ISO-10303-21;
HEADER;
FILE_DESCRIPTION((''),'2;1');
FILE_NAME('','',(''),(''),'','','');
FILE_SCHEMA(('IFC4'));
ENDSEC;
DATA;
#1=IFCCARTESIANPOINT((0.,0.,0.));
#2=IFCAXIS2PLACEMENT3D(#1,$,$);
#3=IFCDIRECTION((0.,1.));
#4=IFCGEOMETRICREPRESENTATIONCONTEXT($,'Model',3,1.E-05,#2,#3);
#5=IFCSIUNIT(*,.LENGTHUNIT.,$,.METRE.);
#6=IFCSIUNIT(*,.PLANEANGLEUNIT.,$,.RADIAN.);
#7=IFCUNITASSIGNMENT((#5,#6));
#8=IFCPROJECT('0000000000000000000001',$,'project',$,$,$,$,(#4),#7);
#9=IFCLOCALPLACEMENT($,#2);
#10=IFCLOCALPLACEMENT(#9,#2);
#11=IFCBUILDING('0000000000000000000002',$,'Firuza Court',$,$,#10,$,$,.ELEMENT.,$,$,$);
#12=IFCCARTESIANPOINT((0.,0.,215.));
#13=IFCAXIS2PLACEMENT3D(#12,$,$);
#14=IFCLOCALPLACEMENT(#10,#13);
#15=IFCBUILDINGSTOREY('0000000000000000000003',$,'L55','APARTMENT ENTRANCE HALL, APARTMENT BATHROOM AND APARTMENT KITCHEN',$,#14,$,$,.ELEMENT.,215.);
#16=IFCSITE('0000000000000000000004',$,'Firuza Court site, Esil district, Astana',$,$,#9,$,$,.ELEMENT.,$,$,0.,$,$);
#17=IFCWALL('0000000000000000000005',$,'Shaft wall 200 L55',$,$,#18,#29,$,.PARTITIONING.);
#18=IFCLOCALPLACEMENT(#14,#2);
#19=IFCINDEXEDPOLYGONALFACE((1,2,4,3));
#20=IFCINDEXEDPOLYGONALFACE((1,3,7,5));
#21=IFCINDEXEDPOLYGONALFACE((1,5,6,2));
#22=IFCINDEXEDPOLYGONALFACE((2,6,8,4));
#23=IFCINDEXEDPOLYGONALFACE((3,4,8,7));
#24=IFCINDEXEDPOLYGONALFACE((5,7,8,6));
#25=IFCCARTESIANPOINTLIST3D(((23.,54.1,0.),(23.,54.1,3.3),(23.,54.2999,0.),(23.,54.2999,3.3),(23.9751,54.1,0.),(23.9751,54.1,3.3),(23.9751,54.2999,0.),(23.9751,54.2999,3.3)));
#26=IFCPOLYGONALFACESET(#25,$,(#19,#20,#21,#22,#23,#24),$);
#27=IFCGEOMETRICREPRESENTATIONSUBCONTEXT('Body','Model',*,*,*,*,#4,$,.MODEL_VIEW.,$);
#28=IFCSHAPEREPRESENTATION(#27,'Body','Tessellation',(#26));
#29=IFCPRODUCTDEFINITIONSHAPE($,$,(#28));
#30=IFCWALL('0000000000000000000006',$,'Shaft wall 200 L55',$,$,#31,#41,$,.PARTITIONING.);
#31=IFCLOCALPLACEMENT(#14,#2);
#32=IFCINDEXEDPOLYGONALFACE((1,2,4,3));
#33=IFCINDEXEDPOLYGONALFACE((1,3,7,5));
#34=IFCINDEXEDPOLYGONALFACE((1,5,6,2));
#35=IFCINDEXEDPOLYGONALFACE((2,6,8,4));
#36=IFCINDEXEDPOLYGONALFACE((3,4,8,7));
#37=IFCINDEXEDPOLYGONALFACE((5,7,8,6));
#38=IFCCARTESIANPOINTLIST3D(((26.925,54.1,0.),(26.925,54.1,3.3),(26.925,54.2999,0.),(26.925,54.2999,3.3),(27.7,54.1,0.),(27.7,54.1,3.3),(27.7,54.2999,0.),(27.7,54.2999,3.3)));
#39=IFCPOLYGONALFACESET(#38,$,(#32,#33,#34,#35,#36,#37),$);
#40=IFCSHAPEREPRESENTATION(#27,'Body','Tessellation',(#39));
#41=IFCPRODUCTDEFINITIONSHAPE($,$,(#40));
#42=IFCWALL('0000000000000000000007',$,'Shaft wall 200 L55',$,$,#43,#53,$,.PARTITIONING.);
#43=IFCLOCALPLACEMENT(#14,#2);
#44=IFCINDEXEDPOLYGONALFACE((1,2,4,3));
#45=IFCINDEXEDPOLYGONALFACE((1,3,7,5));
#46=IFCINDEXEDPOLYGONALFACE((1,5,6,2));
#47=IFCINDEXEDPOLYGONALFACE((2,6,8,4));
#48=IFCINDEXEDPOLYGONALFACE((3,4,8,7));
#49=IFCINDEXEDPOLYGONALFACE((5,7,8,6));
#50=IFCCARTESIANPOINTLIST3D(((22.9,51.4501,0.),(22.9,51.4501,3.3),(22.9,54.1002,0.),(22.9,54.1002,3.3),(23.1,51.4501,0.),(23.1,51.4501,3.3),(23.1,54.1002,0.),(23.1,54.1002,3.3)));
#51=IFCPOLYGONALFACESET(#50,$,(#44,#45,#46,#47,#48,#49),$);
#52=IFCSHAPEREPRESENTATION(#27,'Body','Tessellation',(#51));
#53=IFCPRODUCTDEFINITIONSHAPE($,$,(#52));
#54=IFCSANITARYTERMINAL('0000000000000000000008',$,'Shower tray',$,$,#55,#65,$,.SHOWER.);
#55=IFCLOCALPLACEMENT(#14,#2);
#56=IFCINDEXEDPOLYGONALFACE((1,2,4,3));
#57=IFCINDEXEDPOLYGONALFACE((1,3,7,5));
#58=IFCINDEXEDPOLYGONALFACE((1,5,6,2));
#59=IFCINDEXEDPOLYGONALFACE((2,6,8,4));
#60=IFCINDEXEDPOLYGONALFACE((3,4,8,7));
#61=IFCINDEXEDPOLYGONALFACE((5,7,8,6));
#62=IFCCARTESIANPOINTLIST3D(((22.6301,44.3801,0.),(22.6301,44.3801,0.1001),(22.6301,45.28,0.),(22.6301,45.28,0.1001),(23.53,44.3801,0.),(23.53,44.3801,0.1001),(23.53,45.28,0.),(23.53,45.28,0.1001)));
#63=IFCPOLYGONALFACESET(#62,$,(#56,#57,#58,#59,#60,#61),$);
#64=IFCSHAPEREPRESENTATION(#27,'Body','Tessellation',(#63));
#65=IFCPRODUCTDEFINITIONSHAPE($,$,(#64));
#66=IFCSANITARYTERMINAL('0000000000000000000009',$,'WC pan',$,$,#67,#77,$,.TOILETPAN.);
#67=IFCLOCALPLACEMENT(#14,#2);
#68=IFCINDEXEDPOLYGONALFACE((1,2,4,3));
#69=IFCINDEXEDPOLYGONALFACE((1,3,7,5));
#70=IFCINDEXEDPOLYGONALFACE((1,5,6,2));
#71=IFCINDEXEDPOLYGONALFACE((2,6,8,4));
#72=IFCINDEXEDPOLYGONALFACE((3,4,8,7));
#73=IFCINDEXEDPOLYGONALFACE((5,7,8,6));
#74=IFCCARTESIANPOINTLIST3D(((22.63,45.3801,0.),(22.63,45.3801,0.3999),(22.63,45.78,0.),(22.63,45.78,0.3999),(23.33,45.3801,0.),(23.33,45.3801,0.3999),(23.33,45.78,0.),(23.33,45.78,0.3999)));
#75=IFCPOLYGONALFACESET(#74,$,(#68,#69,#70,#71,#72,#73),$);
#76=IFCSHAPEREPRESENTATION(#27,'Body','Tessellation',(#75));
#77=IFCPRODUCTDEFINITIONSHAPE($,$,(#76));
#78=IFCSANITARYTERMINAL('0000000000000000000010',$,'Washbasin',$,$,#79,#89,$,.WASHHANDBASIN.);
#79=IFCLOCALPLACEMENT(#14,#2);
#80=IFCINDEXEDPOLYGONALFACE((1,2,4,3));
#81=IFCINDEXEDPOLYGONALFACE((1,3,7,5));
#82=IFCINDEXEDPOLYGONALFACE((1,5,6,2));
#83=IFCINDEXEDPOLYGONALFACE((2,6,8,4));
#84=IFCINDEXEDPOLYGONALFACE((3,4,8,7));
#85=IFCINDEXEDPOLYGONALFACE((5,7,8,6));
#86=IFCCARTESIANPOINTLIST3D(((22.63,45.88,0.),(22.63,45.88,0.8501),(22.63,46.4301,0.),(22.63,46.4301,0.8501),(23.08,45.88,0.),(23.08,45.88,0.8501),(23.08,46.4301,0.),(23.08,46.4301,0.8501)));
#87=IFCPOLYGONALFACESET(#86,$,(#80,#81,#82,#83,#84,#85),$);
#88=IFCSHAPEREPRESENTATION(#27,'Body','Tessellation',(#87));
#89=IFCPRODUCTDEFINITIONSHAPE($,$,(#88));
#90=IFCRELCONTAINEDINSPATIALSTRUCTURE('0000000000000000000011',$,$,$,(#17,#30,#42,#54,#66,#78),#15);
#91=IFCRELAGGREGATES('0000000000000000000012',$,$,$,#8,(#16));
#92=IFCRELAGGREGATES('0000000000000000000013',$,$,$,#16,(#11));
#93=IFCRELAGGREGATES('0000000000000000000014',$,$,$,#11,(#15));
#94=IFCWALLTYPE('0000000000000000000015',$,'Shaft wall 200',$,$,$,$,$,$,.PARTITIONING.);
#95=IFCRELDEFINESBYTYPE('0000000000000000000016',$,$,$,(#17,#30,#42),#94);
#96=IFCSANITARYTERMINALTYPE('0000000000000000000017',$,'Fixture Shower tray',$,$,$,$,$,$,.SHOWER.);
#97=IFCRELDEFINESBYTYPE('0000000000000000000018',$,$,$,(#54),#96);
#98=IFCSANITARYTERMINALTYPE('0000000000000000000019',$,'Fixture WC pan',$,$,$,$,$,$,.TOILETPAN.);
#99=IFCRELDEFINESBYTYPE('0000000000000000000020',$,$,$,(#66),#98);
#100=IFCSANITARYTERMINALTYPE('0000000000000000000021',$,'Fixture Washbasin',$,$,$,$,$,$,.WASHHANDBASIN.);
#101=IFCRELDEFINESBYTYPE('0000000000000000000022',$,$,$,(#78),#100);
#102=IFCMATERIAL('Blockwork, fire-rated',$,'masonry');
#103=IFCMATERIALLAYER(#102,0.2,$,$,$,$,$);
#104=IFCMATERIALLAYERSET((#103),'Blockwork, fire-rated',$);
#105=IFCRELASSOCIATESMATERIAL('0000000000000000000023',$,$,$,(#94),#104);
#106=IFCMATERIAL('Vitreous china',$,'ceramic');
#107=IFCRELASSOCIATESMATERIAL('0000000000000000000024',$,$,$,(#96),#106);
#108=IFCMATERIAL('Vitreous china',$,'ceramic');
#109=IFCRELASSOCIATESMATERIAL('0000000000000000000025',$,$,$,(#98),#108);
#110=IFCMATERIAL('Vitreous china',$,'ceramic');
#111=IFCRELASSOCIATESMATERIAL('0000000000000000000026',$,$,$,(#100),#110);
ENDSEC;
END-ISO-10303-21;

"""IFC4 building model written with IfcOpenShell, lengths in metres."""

from ifc_helpers import new_model, si_unit, direction, frame, frame_2d, origin, origin_2d, place, context, subcontext, project, spatial, rectangle, extrude, material, layer, layer_set, type_object, element, save


model = new_model("IFC4")

# Units and contexts
model_context = context("Model", 3, precision=1e-05, world=origin(), true_north=direction((0.0, 1.0)))
body_context = subcontext(model_context, "Body", "Model", "MODEL_VIEW")
ifc_project = project(units=[si_unit("LENGTHUNIT", "METRE"), si_unit("PLANEANGLEUNIT", "RADIAN")], contexts=[model_context])

# Site, building, storey
site_placement = place(None, origin())
site = spatial("IfcSite", under=ifc_project, at=site_placement, Name="Firuza Court site, Esil district, Astana", CompositionType="ELEMENT", RefElevation=0.0)
building_placement = place(site_placement, origin())
building = spatial("IfcBuilding", under=site, at=building_placement, Name="Firuza Court", CompositionType="ELEMENT")
storey_placement = place(building_placement, frame((0.0, 0.0, 215.0)))
storey = spatial("IfcBuildingStorey", under=building, at=storey_placement, Name="L55", Description="APARTMENT ENTRANCE HALL, APARTMENT BATHROOM AND APARTMENT KITCHEN", CompositionType="ELEMENT", Elevation=215.0)

# Shared definitions
ifc_material_1 = material(Name="Blockwork, fire-rated", Category="masonry")

# Shared definitions
ifc_layer_1 = layer(ifc_material_1, 0.2)
ifc_layer_set_1 = layer_set([ifc_layer_1], Name="Blockwork, fire-rated")
wall_type_1 = type_object("IfcWallType", Name="Shaft wall 200", PredefinedType="PARTITIONING", material=ifc_layer_set_1)

# Walls
wall_1_placement = place(storey_placement, frame((23.0, 54.2, 0.0), z_axis=(0.0, 0.0, 1.0), x_axis=(1.0, 0.0, 0.0)))
element("IfcWall", 1, at=wall_1_placement, inside=storey, type_object=wall_type_1, Name="Shaft wall 200 L55", PredefinedType="PARTITIONING", context=body_context, shape_type="SweptSolid", body=[
    extrude(rectangle(XDim=0.9751, YDim=0.2, at=frame_2d((0.4875, 0.0))), origin(), (0.0, 0.0, 1.0), 3.3),
])
wall_2_placement = place(storey_placement, frame((26.925, 54.2, 0.0), z_axis=(0.0, 0.0, 1.0), x_axis=(1.0, 0.0, 0.0)))
element("IfcWall", 2, at=wall_2_placement, inside=storey, type_object=wall_type_1, Name="Shaft wall 200 L55", PredefinedType="PARTITIONING", context=body_context, shape_type="SweptSolid", body=[
    extrude(rectangle(XDim=0.7749, YDim=0.2, at=frame_2d((0.3875, 0.0))), origin(), (0.0, 0.0, 1.0), 3.3),
])
wall_3_placement = place(storey_placement, frame((23.0, 51.45, 0.0), z_axis=(0.0, 0.0, 1.0), x_axis=(0.0, 1.0, 0.0)))
element("IfcWall", 3, at=wall_3_placement, inside=storey, type_object=wall_type_1, Name="Shaft wall 200 L55", PredefinedType="PARTITIONING", context=body_context, shape_type="SweptSolid", body=[
    extrude(rectangle(XDim=2.6501, YDim=0.2, at=frame_2d((1.3252, 0.0))), origin(), (0.0, 0.0, 1.0), 3.3),
])

# Sanitary terminals
ifc_material_2 = material(Name="Vitreous china", Category="ceramic")
sanitary_terminal_type_1 = type_object("IfcSanitaryTerminalType", Name="Fixture Shower tray", PredefinedType="SHOWER", material=ifc_material_2)
sanitary_terminal_1_placement = place(storey_placement, frame((23.0801, 44.8301, 0.0), z_axis=(0.0, 0.0, 1.0), x_axis=(1.0, 0.0, 0.0)))
element("IfcSanitaryTerminal", 4, at=sanitary_terminal_1_placement, inside=storey, type_object=sanitary_terminal_type_1, Name="Shower tray", PredefinedType="SHOWER", context=body_context, shape_type="SweptSolid", body=[
    extrude(rectangle(XDim=0.8999, YDim=0.8999, at=origin_2d()), origin(), (0.0, 0.0, 1.0), 0.1001),
])
ifc_material_3 = material(Name="Vitreous china", Category="ceramic")
sanitary_terminal_type_2 = type_object("IfcSanitaryTerminalType", Name="Fixture WC pan", PredefinedType="TOILETPAN", material=ifc_material_3)
sanitary_terminal_2_placement = place(storey_placement, frame((22.98, 45.5801, 0.0), z_axis=(0.0, 0.0, 1.0), x_axis=(1.0, 0.0, 0.0)))
element("IfcSanitaryTerminal", 5, at=sanitary_terminal_2_placement, inside=storey, type_object=sanitary_terminal_type_2, Name="WC pan", PredefinedType="TOILETPAN", context=body_context, shape_type="SweptSolid", body=[
    extrude(rectangle(XDim=0.7, YDim=0.3999, at=origin_2d()), origin(), (0.0, 0.0, 1.0), 0.3999),
])
ifc_material_4 = material(Name="Vitreous china", Category="ceramic")
sanitary_terminal_type_3 = type_object("IfcSanitaryTerminalType", Name="Fixture Washbasin", PredefinedType="WASHHANDBASIN", material=ifc_material_4)
sanitary_terminal_3_placement = place(storey_placement, frame((22.855, 46.155, 0.0), z_axis=(0.0, 0.0, 1.0), x_axis=(1.0, 0.0, 0.0)))
element("IfcSanitaryTerminal", 6, at=sanitary_terminal_3_placement, inside=storey, type_object=sanitary_terminal_type_3, Name="Washbasin", PredefinedType="WASHHANDBASIN", context=body_context, shape_type="SweptSolid", body=[
    extrude(rectangle(XDim=0.45, YDim=0.55, at=origin_2d()), origin(), (0.0, 0.0, 1.0), 0.8501),
])

save(model, "model.ifc")
